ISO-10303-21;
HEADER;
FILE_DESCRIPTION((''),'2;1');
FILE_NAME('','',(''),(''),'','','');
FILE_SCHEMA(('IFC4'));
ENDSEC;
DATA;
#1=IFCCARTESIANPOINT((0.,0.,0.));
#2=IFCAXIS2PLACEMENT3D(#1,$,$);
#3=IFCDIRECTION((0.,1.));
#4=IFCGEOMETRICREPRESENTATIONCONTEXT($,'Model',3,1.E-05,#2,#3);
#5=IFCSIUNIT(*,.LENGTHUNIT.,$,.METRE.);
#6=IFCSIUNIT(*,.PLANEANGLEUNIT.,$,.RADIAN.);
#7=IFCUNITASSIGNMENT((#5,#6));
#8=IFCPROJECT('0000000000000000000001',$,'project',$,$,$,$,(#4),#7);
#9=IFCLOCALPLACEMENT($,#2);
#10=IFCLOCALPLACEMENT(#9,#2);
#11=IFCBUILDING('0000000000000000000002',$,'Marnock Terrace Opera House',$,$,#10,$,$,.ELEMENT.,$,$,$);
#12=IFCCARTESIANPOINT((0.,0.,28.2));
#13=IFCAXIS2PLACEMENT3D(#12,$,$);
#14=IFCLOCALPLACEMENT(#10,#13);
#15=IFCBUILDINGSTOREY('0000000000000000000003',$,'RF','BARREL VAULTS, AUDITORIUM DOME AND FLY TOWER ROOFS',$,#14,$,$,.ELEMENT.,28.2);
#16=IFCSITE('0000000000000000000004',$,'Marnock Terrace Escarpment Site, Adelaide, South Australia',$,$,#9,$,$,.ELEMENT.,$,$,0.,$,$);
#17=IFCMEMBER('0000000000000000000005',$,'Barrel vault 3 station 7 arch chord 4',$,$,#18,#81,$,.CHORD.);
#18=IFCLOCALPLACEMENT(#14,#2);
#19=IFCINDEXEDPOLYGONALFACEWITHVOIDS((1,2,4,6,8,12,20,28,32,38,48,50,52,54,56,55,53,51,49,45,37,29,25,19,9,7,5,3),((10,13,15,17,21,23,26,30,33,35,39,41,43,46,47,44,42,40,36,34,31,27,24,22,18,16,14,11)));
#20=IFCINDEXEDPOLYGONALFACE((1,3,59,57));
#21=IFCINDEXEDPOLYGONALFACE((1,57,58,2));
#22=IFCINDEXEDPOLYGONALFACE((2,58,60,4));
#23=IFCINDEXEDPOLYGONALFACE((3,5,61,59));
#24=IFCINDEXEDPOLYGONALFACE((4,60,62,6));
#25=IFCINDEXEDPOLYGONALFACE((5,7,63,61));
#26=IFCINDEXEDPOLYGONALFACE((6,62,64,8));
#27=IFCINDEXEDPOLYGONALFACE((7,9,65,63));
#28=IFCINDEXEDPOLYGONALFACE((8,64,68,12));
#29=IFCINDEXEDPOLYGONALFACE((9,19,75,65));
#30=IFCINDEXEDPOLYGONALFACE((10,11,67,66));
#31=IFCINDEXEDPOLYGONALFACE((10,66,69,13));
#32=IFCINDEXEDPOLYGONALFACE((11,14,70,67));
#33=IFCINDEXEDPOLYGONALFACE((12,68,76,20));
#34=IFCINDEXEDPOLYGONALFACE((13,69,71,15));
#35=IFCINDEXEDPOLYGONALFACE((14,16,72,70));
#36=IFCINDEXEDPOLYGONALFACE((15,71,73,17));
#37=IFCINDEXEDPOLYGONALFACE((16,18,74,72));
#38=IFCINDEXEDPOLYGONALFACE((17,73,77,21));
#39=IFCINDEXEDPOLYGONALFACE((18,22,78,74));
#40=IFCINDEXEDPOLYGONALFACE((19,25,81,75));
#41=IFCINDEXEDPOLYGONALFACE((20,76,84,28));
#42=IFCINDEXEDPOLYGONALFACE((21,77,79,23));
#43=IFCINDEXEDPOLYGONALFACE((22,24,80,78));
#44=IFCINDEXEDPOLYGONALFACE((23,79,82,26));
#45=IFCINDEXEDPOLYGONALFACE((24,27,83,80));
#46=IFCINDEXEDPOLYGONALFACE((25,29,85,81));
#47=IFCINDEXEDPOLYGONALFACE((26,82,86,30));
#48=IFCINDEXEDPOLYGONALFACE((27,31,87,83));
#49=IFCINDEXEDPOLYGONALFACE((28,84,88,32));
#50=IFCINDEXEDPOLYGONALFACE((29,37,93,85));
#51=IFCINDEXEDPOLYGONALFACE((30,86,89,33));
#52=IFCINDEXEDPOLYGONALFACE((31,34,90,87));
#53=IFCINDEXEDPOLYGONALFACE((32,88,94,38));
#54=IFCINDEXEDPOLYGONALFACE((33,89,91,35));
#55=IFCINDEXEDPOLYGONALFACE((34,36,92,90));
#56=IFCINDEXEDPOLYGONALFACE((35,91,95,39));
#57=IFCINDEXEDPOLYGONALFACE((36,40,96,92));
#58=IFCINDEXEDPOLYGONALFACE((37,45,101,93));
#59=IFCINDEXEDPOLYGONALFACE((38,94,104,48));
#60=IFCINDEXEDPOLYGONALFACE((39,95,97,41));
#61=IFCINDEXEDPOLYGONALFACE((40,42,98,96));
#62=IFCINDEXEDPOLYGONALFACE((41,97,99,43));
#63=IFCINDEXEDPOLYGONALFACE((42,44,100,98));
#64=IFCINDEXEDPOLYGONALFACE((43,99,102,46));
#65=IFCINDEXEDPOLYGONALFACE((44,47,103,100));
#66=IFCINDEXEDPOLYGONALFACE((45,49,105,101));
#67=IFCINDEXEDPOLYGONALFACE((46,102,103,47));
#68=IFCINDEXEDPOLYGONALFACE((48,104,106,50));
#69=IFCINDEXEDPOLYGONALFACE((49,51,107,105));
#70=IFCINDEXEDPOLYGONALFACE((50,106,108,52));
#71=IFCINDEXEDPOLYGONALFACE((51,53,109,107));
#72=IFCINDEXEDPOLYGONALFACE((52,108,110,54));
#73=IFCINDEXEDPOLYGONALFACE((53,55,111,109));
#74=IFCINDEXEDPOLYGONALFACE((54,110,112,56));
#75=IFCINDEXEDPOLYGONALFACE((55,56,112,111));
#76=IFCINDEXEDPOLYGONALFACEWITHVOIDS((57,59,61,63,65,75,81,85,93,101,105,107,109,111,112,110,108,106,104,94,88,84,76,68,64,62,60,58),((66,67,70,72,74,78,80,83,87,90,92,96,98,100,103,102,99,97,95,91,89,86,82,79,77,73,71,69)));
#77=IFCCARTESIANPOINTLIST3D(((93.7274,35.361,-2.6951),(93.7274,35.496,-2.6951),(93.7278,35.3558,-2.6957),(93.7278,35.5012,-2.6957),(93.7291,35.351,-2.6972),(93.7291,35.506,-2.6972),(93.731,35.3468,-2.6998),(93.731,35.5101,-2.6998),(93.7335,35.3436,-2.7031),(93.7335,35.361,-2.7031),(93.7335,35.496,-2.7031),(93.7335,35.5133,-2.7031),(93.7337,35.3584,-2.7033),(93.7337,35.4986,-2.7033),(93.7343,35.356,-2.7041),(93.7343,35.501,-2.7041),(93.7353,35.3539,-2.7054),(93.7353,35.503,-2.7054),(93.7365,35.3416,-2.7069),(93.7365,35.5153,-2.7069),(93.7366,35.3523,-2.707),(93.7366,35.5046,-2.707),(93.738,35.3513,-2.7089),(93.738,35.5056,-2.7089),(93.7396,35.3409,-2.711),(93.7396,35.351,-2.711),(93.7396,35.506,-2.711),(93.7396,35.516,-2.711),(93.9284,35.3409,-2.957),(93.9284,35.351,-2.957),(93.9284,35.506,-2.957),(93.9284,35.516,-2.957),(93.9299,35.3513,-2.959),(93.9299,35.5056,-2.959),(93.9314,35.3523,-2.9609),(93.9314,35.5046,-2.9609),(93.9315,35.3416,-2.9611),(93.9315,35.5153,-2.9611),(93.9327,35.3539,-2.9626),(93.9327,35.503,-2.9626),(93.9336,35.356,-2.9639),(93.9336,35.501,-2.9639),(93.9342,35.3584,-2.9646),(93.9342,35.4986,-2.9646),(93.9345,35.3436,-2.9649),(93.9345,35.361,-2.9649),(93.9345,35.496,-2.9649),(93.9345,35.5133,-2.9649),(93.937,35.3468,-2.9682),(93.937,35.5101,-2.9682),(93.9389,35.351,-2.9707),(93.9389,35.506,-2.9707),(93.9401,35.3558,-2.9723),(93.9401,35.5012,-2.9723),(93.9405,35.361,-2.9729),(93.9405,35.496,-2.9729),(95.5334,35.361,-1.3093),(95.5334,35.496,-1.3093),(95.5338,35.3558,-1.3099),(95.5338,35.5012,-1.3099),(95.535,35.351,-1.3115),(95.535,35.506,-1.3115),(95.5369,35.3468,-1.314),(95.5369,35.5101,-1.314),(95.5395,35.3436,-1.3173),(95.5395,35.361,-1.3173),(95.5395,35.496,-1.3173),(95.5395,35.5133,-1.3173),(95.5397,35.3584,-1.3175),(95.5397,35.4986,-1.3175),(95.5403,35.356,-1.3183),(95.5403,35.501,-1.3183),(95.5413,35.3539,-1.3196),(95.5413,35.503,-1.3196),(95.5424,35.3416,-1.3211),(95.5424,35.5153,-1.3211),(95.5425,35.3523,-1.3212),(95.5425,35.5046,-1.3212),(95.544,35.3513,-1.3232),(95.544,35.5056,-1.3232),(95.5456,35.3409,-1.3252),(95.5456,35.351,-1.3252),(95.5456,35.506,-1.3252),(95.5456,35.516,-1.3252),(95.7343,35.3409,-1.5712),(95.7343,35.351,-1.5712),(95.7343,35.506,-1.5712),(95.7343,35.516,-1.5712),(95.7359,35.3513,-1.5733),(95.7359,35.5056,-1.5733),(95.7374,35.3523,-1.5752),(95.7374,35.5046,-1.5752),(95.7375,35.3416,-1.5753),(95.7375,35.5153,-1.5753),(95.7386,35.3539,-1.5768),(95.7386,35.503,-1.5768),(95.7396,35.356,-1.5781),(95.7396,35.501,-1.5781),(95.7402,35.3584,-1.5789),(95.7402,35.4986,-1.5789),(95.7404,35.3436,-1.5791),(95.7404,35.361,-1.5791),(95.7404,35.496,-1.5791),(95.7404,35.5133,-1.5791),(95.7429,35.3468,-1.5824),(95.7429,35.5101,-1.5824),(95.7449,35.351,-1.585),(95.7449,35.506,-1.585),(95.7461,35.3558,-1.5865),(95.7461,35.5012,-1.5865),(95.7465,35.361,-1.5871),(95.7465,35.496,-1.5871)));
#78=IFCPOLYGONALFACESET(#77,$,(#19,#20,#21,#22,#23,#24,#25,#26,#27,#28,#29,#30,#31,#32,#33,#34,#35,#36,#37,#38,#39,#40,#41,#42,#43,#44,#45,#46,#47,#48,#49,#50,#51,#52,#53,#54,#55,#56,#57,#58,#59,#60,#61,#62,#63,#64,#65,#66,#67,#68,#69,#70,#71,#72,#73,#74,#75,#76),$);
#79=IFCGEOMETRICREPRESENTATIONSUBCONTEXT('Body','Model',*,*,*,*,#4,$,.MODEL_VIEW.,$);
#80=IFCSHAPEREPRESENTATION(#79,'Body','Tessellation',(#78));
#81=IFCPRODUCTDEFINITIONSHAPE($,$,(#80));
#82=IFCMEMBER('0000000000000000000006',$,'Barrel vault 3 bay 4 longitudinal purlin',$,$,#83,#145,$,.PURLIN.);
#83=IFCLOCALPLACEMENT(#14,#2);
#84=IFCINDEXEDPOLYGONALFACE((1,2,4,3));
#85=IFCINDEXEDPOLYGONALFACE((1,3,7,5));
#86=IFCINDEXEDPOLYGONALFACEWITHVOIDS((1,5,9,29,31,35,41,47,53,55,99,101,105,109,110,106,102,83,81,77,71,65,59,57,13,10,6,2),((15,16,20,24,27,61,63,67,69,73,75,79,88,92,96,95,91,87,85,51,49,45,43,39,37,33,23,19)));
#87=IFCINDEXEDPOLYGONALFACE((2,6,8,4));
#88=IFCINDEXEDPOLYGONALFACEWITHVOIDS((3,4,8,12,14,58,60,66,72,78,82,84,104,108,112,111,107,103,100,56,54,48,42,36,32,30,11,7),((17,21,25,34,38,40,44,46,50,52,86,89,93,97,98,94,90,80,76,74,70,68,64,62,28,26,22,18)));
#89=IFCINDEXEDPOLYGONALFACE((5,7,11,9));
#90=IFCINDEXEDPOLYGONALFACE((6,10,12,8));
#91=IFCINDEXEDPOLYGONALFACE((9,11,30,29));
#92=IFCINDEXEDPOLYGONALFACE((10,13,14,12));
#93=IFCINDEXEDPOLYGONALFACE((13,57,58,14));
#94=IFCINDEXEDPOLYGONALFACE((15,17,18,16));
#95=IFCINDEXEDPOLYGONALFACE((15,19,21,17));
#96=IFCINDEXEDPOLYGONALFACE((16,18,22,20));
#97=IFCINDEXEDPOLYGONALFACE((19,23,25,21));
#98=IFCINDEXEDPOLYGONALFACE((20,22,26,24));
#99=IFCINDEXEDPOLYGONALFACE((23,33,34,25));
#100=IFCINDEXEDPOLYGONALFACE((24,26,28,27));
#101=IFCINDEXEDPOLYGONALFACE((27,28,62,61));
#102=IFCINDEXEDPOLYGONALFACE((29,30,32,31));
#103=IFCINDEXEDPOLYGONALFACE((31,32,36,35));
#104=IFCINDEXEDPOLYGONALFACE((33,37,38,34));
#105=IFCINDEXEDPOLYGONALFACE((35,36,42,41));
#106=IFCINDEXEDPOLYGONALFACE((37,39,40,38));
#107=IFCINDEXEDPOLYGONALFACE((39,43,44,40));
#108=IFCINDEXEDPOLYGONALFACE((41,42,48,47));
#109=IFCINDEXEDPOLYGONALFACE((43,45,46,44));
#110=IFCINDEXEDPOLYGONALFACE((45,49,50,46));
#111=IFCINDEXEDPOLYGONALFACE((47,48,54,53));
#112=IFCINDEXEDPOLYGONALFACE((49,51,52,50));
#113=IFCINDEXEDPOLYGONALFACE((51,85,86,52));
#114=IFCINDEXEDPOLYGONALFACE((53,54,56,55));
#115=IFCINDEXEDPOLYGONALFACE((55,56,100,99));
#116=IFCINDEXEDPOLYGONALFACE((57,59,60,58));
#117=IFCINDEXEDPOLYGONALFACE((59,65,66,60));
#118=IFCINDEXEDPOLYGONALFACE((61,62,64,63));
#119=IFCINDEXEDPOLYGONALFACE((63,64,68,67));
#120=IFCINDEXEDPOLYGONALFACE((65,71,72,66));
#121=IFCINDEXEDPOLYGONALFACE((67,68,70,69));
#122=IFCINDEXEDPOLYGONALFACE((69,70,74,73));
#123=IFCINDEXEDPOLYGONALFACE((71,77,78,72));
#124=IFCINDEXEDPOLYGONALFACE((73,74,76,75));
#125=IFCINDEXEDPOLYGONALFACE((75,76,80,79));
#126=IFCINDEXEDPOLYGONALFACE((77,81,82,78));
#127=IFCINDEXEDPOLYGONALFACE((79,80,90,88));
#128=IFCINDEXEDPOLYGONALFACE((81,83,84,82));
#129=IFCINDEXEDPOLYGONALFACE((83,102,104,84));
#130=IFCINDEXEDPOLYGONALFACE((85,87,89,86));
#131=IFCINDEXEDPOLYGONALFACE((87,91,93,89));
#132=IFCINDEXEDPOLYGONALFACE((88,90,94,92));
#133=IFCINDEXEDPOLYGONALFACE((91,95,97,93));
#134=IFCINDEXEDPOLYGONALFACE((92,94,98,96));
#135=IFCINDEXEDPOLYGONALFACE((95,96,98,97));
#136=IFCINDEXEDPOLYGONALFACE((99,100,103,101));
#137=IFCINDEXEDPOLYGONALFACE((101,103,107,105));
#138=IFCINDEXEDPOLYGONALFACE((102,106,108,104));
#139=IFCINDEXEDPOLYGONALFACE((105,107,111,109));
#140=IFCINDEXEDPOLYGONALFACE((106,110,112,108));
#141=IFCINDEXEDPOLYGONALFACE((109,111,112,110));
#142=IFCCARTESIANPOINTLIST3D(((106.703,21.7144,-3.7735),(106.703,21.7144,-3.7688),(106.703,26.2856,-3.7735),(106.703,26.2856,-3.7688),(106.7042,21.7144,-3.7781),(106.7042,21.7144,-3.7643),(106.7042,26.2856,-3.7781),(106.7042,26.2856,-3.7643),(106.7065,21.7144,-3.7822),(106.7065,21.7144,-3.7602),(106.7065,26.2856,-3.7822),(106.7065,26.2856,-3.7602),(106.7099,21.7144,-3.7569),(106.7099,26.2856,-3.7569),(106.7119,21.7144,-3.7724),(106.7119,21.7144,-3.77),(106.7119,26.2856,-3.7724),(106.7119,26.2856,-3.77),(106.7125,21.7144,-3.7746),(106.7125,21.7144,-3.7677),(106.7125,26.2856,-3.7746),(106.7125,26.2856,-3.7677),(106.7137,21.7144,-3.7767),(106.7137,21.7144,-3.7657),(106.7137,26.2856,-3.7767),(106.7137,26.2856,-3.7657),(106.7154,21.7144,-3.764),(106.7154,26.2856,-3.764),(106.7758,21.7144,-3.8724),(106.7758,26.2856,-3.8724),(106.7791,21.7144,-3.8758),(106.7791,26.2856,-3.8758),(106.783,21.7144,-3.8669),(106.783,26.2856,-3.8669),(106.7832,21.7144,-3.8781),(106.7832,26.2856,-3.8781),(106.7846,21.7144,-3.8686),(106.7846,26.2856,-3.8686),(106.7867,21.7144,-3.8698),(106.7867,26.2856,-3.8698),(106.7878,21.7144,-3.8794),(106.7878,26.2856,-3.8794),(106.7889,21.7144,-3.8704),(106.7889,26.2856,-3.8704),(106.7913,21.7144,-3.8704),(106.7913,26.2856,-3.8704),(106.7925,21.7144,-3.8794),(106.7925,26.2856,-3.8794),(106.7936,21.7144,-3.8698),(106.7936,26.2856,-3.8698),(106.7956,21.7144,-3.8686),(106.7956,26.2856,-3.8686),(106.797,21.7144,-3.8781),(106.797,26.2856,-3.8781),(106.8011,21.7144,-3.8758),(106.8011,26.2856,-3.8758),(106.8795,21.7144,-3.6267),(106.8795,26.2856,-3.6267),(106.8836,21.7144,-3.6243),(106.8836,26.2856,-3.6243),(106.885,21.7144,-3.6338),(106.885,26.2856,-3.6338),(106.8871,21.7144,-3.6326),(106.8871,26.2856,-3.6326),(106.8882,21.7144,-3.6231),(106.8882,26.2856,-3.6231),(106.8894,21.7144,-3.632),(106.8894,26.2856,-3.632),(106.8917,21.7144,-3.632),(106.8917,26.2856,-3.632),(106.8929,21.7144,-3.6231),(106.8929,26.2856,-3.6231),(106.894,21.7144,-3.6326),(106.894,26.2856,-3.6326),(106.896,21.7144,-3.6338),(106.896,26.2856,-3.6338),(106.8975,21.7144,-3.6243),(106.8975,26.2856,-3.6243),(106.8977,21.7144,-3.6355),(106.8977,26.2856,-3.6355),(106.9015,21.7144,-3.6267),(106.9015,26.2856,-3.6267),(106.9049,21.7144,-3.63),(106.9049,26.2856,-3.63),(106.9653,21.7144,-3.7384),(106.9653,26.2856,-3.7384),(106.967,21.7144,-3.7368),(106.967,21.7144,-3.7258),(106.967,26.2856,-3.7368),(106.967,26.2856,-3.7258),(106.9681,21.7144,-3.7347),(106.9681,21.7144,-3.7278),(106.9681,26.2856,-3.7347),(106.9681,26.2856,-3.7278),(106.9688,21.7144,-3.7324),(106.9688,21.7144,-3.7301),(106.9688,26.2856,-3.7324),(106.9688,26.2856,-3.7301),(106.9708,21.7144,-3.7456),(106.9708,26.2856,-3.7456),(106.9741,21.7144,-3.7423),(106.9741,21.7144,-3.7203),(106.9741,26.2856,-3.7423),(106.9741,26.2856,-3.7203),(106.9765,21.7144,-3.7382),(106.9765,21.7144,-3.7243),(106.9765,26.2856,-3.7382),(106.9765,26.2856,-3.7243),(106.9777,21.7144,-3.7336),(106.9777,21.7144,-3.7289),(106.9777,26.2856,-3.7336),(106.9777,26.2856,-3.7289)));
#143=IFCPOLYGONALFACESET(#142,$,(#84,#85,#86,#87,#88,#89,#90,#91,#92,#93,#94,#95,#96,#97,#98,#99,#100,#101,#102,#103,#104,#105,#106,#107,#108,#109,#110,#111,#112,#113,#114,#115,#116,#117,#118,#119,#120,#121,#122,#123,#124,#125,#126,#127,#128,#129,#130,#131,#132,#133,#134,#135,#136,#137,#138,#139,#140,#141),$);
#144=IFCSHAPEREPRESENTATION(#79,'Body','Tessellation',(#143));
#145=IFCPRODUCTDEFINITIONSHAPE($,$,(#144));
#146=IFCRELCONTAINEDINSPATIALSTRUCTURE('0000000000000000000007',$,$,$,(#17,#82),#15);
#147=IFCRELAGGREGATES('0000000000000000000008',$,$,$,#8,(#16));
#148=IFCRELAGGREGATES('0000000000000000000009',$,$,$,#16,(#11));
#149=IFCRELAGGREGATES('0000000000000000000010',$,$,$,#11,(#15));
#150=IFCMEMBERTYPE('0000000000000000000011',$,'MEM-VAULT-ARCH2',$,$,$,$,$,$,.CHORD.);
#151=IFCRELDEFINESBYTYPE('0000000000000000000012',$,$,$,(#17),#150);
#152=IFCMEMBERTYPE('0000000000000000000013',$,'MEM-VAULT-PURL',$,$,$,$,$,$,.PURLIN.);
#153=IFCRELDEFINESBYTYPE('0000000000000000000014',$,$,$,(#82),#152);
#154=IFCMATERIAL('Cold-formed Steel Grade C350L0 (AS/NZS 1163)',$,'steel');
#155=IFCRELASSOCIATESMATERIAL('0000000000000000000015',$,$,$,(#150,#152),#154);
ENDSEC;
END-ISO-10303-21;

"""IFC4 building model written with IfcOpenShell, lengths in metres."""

from ifc_helpers import new_model, si_unit, direction, frame, origin, origin_2d, place, context, subcontext, project, spatial, hollow_rectangle, extrude, material, material_profile, profile_set, type_object, element, save


model = new_model("IFC4")

# Units and contexts
model_context = context("Model", 3, precision=1e-05, world=origin(), true_north=direction((0.0, 1.0)))
body_context = subcontext(model_context, "Body", "Model", "MODEL_VIEW")
ifc_project = project(units=[si_unit("LENGTHUNIT", "METRE"), si_unit("PLANEANGLEUNIT", "RADIAN")], contexts=[model_context])

# Site, building, storey
site_placement = place(None, origin())
site = spatial("IfcSite", under=ifc_project, at=site_placement, Name="Marnock Terrace Escarpment Site, Adelaide, South Australia", CompositionType="ELEMENT", RefElevation=0.0)
building_placement = place(site_placement, origin())
building = spatial("IfcBuilding", under=site, at=building_placement, Name="Marnock Terrace Opera House", CompositionType="ELEMENT")
storey_placement = place(building_placement, frame((0.0, 0.0, 28.2)))
storey = spatial("IfcBuildingStorey", under=building, at=storey_placement, Name="RF", Description="BARREL VAULTS, AUDITORIUM DOME AND FLY TOWER ROOFS", CompositionType="ELEMENT", Elevation=28.2)

# Members
ifc_material = material(Name="Cold-formed Steel Grade C350L0 (AS/NZS 1163)", Category="steel")
ifc_material_profile_1 = material_profile(ifc_material, hollow_rectangle(XDim=0.175, YDim=0.3501, WallThickness=0.01, InnerFilletRadius=0.01, OuterFilletRadius=0.02, at=origin_2d()))
ifc_profile_set_1 = profile_set([ifc_material_profile_1], Name="Cold-formed Steel Grade C350L0 (AS/NZS 1163)")
member_type_1 = type_object("IfcMemberType", Name="MEM-VAULT-ARCH2", PredefinedType="CHORD", material=ifc_profile_set_1)
member_1_placement = place(storey_placement, frame((93.834, 35.4285, -2.834), z_axis=(0.793349, 0.0, 0.608767), x_axis=(0.0, 1.0, 0.0)))
element("IfcMember", 1, at=member_1_placement, inside=storey, type_object=member_type_1, Name="Barrel vault 3 station 7 arch chord 4", PredefinedType="CHORD", context=body_context, shape_type="SweptSolid", body=[
    extrude(hollow_rectangle(XDim=0.175, YDim=0.3501, WallThickness=0.01, InnerFilletRadius=0.01, OuterFilletRadius=0.02, at=origin_2d()), origin(), (0.0, 0.0, 1.0), 2.2764),
])
ifc_material_profile_2 = material_profile(ifc_material, hollow_rectangle(XDim=0.1499, YDim=0.25, WallThickness=0.009, InnerFilletRadius=0.009, OuterFilletRadius=0.0181, at=origin_2d()))
ifc_profile_set_2 = profile_set([ifc_material_profile_2], Name="Cold-formed Steel Grade C350L0 (AS/NZS 1163)")
member_type_2 = type_object("IfcMemberType", Name="MEM-VAULT-PURL", PredefinedType="PURLIN", material=ifc_profile_set_2)
member_2_placement = place(storey_placement, frame((106.8403, 21.7144, -3.7512), z_axis=(0.0, 1.0, 0.0), x_axis=(-0.608761, 0.0, 0.793353)))
element("IfcMember", 2, at=member_2_placement, inside=storey, type_object=member_type_2, Name="Barrel vault 3 bay 4 longitudinal purlin", PredefinedType="PURLIN", context=body_context, shape_type="SweptSolid", body=[
    extrude(hollow_rectangle(XDim=0.1499, YDim=0.25, WallThickness=0.009, InnerFilletRadius=0.009, OuterFilletRadius=0.0181, at=origin_2d()), origin(), (0.0, 0.0, 1.0), 4.5713),
])

save(model, "model.ifc")
